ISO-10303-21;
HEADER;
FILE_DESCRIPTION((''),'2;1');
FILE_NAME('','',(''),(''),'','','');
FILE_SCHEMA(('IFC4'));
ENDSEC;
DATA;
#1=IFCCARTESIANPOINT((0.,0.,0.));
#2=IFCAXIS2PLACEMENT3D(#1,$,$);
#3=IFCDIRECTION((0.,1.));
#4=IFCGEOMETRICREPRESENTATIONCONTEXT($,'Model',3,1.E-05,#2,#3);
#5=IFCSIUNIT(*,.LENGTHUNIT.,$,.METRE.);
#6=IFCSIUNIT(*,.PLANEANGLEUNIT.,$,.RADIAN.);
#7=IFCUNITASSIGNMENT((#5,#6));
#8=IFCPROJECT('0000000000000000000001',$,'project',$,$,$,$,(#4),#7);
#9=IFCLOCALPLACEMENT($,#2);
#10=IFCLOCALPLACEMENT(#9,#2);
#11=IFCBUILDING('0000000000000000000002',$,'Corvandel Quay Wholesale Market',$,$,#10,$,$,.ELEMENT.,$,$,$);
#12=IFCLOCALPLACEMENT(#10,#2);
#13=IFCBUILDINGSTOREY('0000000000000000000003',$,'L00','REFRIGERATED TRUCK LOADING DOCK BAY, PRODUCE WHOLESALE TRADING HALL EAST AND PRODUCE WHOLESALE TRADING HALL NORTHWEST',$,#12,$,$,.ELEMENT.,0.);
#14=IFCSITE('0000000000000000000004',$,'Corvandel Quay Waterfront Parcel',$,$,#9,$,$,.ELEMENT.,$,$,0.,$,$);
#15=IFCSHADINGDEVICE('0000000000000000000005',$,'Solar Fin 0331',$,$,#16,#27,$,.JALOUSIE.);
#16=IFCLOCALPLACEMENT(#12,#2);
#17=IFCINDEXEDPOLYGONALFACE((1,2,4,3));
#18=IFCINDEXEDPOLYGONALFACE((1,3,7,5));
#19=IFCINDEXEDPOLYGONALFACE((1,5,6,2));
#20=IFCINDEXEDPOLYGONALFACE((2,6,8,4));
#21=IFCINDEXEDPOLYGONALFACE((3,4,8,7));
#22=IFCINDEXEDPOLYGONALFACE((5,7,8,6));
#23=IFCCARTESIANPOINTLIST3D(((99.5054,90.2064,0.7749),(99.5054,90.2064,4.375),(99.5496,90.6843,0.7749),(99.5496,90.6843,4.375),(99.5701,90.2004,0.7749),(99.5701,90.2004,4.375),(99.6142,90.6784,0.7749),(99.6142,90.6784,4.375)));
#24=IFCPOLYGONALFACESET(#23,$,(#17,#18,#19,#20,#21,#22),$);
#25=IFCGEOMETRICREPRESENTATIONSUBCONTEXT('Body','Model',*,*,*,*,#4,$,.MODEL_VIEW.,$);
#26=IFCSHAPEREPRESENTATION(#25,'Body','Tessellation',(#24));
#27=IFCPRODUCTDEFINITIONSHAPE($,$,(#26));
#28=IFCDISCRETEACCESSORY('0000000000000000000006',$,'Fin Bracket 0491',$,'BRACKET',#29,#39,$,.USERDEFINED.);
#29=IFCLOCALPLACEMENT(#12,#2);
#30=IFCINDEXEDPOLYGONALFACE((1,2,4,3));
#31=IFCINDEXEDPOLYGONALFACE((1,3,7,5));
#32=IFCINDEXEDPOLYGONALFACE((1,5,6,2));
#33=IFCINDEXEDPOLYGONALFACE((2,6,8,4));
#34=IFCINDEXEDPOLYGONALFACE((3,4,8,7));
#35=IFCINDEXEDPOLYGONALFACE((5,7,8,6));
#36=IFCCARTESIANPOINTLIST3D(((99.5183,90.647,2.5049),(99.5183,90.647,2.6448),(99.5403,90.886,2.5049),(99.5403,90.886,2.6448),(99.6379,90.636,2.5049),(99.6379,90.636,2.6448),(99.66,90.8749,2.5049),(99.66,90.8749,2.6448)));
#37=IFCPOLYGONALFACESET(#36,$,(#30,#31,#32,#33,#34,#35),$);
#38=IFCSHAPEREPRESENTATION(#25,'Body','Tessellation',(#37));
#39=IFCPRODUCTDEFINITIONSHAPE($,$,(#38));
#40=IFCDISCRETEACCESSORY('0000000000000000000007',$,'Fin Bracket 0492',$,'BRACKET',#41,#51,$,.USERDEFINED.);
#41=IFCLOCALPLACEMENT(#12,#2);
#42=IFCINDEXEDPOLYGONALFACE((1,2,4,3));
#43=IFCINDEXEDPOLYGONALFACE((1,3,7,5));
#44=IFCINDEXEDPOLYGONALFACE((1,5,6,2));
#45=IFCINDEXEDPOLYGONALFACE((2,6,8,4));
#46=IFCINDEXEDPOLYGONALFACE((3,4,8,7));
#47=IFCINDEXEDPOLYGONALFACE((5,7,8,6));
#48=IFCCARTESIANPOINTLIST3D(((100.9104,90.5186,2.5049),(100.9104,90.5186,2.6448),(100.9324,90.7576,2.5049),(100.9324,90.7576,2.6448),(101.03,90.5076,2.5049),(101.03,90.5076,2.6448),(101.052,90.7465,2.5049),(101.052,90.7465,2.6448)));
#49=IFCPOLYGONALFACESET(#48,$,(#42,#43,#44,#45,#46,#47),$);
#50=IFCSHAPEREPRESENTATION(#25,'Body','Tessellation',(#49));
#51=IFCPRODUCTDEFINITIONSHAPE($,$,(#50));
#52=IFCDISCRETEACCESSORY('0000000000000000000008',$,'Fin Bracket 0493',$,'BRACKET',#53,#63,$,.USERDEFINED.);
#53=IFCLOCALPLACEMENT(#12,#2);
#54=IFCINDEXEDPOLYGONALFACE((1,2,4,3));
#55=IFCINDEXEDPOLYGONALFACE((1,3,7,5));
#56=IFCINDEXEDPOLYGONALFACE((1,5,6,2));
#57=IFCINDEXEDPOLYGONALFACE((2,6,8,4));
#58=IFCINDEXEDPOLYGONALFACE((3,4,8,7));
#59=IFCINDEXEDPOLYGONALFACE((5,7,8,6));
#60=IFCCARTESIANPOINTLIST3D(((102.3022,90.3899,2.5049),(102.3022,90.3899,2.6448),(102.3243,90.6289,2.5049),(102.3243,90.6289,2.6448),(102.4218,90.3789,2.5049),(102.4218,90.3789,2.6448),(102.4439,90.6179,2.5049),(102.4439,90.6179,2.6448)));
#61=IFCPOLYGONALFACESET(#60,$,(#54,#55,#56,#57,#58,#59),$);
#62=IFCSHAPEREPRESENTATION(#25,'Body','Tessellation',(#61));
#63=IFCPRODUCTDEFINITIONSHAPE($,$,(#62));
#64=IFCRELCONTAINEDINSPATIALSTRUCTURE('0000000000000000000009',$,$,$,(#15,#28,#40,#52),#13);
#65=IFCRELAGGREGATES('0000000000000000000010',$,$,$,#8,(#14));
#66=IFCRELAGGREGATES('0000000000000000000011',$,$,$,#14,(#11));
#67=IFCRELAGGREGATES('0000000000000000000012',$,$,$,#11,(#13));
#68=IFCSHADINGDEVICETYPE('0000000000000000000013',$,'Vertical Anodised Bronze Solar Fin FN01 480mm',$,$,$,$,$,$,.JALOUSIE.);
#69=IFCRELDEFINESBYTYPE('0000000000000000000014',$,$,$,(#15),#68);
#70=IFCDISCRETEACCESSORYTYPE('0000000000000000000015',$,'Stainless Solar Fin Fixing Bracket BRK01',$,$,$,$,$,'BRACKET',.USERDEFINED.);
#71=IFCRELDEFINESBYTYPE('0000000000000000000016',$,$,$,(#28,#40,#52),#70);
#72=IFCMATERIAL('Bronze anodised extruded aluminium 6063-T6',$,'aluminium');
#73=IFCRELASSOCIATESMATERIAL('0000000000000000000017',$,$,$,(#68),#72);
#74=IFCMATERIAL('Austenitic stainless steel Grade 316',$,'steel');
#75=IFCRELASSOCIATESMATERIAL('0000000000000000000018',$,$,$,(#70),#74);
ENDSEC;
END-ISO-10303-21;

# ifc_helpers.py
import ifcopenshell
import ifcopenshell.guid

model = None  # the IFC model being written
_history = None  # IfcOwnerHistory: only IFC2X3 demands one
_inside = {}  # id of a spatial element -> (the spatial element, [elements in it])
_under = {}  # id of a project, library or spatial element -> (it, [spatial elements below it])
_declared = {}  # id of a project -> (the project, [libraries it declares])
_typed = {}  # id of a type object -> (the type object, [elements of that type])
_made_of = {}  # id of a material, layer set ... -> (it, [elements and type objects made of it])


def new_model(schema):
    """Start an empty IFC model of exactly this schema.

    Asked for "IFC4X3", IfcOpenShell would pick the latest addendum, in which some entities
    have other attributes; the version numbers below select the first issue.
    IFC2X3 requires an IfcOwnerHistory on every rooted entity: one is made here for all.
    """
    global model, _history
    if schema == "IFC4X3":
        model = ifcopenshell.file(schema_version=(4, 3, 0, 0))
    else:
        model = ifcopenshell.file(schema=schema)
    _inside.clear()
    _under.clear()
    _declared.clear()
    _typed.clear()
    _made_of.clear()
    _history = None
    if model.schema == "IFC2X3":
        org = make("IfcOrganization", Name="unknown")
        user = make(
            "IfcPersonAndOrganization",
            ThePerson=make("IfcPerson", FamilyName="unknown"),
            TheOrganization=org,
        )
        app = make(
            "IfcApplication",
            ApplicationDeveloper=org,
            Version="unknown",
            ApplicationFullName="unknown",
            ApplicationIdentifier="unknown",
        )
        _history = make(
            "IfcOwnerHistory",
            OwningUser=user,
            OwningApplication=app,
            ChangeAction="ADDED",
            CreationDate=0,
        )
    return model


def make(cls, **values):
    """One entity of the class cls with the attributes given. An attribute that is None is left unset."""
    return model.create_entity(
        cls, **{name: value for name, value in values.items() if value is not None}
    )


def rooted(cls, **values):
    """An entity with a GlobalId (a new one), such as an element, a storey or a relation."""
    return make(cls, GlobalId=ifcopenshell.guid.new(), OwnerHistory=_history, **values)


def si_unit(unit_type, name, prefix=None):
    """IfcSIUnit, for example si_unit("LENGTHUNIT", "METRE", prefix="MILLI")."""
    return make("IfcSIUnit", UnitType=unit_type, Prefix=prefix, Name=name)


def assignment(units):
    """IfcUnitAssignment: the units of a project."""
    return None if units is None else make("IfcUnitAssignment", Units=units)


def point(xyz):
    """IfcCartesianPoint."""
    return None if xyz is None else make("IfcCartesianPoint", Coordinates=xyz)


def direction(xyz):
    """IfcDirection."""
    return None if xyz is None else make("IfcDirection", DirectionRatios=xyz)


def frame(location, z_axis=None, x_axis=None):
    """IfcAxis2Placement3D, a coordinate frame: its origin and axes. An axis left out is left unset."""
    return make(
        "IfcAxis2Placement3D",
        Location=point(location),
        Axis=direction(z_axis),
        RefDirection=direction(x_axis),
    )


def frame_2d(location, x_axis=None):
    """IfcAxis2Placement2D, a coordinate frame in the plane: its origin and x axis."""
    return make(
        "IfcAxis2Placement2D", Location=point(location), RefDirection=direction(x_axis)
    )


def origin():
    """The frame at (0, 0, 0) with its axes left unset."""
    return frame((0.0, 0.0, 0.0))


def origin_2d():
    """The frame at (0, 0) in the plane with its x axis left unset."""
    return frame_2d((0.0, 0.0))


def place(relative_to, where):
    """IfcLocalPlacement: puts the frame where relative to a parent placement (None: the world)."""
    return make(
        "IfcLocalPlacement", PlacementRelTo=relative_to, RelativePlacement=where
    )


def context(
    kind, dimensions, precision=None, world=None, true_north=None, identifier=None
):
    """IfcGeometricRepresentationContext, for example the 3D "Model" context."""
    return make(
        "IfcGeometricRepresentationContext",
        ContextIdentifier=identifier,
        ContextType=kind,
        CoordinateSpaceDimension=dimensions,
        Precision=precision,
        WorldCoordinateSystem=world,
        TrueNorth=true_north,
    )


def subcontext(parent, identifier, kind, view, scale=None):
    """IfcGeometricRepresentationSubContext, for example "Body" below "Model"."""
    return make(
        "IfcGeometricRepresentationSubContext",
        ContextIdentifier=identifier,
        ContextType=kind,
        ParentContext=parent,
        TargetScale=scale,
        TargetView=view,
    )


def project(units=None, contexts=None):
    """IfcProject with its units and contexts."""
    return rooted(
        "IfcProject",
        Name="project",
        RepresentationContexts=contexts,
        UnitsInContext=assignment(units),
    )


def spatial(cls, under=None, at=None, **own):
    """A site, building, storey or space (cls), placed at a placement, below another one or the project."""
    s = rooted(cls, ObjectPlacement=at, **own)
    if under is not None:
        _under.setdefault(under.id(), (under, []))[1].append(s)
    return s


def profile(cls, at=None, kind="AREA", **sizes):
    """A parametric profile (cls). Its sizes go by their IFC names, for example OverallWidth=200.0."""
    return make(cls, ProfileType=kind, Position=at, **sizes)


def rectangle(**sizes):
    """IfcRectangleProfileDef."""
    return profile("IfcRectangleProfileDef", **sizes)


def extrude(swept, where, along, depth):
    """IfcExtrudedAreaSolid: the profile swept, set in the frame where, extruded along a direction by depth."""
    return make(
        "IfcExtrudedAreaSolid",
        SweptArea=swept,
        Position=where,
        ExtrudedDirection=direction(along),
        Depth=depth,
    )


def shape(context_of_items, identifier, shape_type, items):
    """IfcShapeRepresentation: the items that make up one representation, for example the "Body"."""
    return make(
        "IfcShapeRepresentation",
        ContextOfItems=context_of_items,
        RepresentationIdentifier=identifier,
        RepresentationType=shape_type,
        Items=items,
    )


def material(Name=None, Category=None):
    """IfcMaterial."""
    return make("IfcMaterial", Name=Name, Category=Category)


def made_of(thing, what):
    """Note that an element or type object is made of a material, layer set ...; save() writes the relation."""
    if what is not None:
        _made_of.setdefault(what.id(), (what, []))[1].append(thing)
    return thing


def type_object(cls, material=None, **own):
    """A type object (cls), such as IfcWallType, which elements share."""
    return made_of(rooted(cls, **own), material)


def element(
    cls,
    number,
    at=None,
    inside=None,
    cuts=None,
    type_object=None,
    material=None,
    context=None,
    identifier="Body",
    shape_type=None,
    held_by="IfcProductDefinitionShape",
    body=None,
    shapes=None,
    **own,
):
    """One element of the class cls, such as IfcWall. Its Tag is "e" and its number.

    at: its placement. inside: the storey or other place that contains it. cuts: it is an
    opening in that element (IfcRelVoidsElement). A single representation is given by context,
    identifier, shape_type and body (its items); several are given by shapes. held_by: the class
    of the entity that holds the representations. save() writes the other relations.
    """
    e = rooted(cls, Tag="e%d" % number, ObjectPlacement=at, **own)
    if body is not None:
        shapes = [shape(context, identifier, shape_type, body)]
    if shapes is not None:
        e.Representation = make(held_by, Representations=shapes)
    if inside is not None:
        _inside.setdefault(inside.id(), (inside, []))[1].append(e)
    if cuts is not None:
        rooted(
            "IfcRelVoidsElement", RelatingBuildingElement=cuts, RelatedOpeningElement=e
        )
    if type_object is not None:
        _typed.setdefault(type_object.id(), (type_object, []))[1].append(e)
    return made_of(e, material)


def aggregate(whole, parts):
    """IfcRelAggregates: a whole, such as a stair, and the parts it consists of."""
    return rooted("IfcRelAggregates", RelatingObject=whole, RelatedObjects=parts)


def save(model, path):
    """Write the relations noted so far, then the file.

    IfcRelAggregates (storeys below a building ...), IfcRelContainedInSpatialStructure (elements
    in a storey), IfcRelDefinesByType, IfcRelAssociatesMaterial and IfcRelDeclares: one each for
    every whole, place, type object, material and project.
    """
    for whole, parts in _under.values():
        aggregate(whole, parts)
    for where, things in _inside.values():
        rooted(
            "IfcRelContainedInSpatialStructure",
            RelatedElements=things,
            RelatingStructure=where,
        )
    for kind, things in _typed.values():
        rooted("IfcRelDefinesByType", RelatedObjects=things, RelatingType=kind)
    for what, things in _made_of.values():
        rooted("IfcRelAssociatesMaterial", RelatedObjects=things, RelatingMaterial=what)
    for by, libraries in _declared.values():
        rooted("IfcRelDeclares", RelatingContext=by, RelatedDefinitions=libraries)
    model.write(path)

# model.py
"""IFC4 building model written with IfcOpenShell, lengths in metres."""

from ifc_helpers import new_model, si_unit, direction, frame, origin, origin_2d, place, context, subcontext, project, spatial, rectangle, extrude, material, type_object, element, save


model = new_model("IFC4")

# Units and contexts
model_context = context("Model", 3, precision=1e-05, world=origin(), true_north=direction((0.0, 1.0)))
body_context = subcontext(model_context, "Body", "Model", "MODEL_VIEW")
ifc_project = project(units=[si_unit("LENGTHUNIT", "METRE"), si_unit("PLANEANGLEUNIT", "RADIAN")], contexts=[model_context])

# Site, building, storey
site_placement = place(None, origin())
site = spatial("IfcSite", under=ifc_project, at=site_placement, Name="Corvandel Quay Waterfront Parcel", CompositionType="ELEMENT", RefElevation=0.0)
building_placement = place(site_placement, origin())
building = spatial("IfcBuilding", under=site, at=building_placement, Name="Corvandel Quay Wholesale Market", CompositionType="ELEMENT")
storey_placement = place(building_placement, origin())
storey = spatial("IfcBuildingStorey", under=building, at=storey_placement, Name="L00", Description="REFRIGERATED TRUCK LOADING DOCK BAY, PRODUCE WHOLESALE TRADING HALL EAST AND PRODUCE WHOLESALE TRADING HALL NORTHWEST", CompositionType="ELEMENT", Elevation=0.0)

# Shading device
ifc_material_1 = material(Name="Bronze anodised extruded aluminium 6063-T6", Category="aluminium")
shading_device_type = type_object("IfcShadingDeviceType", Name="Vertical Anodised Bronze Solar Fin FN01 480mm", PredefinedType="JALOUSIE", material=ifc_material_1)
shading_device_placement = place(storey_placement, frame((99.5598, 90.4424, 0.7749), z_axis=(0.0, 0.0, 1.0), x_axis=(0.092023, 0.995757, 0.0)))
element("IfcShadingDevice", 1, at=shading_device_placement, inside=storey, type_object=shading_device_type, Name="Solar Fin 0331", PredefinedType="JALOUSIE", context=body_context, shape_type="SweptSolid", body=[
    extrude(rectangle(XDim=0.48, YDim=0.0649, at=origin_2d()), origin(), (0.0, 0.0, 1.0), 3.6001),
])

# Discrete accessories
ifc_material_2 = material(Name="Austenitic stainless steel Grade 316", Category="steel")
discrete_accessory_type = type_object("IfcDiscreteAccessoryType", Name="Stainless Solar Fin Fixing Bracket BRK01", ElementType="BRACKET", PredefinedType="USERDEFINED", material=ifc_material_2)
for number, where, z_axis, x_axis, name in (
    (2, (99.5891, 90.761, 2.5049), (0.0, 0.0, 1.0), (0.092023, 0.995757, 0.0), "Fin Bracket 0491"),
    (3, (100.9812, 90.6326, 2.5049), (0.0, 0.0, 1.0), (0.092023, 0.995757, 0.0), "Fin Bracket 0492"),
    (4, (102.373, 90.5039, 2.5049), (0.0, 0.0, 1.0), (0.092023, 0.995757, 0.0), "Fin Bracket 0493"),
):
    element("IfcDiscreteAccessory", number, at=place(storey_placement, frame(where, z_axis=z_axis, x_axis=x_axis)), inside=storey, type_object=discrete_accessory_type, Name=name, ObjectType="BRACKET", PredefinedType="USERDEFINED", context=body_context, shape_type="SweptSolid", body=[
        extrude(rectangle(XDim=0.24, YDim=0.1201, at=origin_2d()), origin(), (0.0, 0.0, 1.0), 0.1399),
    ])

save(model, "model.ifc")
